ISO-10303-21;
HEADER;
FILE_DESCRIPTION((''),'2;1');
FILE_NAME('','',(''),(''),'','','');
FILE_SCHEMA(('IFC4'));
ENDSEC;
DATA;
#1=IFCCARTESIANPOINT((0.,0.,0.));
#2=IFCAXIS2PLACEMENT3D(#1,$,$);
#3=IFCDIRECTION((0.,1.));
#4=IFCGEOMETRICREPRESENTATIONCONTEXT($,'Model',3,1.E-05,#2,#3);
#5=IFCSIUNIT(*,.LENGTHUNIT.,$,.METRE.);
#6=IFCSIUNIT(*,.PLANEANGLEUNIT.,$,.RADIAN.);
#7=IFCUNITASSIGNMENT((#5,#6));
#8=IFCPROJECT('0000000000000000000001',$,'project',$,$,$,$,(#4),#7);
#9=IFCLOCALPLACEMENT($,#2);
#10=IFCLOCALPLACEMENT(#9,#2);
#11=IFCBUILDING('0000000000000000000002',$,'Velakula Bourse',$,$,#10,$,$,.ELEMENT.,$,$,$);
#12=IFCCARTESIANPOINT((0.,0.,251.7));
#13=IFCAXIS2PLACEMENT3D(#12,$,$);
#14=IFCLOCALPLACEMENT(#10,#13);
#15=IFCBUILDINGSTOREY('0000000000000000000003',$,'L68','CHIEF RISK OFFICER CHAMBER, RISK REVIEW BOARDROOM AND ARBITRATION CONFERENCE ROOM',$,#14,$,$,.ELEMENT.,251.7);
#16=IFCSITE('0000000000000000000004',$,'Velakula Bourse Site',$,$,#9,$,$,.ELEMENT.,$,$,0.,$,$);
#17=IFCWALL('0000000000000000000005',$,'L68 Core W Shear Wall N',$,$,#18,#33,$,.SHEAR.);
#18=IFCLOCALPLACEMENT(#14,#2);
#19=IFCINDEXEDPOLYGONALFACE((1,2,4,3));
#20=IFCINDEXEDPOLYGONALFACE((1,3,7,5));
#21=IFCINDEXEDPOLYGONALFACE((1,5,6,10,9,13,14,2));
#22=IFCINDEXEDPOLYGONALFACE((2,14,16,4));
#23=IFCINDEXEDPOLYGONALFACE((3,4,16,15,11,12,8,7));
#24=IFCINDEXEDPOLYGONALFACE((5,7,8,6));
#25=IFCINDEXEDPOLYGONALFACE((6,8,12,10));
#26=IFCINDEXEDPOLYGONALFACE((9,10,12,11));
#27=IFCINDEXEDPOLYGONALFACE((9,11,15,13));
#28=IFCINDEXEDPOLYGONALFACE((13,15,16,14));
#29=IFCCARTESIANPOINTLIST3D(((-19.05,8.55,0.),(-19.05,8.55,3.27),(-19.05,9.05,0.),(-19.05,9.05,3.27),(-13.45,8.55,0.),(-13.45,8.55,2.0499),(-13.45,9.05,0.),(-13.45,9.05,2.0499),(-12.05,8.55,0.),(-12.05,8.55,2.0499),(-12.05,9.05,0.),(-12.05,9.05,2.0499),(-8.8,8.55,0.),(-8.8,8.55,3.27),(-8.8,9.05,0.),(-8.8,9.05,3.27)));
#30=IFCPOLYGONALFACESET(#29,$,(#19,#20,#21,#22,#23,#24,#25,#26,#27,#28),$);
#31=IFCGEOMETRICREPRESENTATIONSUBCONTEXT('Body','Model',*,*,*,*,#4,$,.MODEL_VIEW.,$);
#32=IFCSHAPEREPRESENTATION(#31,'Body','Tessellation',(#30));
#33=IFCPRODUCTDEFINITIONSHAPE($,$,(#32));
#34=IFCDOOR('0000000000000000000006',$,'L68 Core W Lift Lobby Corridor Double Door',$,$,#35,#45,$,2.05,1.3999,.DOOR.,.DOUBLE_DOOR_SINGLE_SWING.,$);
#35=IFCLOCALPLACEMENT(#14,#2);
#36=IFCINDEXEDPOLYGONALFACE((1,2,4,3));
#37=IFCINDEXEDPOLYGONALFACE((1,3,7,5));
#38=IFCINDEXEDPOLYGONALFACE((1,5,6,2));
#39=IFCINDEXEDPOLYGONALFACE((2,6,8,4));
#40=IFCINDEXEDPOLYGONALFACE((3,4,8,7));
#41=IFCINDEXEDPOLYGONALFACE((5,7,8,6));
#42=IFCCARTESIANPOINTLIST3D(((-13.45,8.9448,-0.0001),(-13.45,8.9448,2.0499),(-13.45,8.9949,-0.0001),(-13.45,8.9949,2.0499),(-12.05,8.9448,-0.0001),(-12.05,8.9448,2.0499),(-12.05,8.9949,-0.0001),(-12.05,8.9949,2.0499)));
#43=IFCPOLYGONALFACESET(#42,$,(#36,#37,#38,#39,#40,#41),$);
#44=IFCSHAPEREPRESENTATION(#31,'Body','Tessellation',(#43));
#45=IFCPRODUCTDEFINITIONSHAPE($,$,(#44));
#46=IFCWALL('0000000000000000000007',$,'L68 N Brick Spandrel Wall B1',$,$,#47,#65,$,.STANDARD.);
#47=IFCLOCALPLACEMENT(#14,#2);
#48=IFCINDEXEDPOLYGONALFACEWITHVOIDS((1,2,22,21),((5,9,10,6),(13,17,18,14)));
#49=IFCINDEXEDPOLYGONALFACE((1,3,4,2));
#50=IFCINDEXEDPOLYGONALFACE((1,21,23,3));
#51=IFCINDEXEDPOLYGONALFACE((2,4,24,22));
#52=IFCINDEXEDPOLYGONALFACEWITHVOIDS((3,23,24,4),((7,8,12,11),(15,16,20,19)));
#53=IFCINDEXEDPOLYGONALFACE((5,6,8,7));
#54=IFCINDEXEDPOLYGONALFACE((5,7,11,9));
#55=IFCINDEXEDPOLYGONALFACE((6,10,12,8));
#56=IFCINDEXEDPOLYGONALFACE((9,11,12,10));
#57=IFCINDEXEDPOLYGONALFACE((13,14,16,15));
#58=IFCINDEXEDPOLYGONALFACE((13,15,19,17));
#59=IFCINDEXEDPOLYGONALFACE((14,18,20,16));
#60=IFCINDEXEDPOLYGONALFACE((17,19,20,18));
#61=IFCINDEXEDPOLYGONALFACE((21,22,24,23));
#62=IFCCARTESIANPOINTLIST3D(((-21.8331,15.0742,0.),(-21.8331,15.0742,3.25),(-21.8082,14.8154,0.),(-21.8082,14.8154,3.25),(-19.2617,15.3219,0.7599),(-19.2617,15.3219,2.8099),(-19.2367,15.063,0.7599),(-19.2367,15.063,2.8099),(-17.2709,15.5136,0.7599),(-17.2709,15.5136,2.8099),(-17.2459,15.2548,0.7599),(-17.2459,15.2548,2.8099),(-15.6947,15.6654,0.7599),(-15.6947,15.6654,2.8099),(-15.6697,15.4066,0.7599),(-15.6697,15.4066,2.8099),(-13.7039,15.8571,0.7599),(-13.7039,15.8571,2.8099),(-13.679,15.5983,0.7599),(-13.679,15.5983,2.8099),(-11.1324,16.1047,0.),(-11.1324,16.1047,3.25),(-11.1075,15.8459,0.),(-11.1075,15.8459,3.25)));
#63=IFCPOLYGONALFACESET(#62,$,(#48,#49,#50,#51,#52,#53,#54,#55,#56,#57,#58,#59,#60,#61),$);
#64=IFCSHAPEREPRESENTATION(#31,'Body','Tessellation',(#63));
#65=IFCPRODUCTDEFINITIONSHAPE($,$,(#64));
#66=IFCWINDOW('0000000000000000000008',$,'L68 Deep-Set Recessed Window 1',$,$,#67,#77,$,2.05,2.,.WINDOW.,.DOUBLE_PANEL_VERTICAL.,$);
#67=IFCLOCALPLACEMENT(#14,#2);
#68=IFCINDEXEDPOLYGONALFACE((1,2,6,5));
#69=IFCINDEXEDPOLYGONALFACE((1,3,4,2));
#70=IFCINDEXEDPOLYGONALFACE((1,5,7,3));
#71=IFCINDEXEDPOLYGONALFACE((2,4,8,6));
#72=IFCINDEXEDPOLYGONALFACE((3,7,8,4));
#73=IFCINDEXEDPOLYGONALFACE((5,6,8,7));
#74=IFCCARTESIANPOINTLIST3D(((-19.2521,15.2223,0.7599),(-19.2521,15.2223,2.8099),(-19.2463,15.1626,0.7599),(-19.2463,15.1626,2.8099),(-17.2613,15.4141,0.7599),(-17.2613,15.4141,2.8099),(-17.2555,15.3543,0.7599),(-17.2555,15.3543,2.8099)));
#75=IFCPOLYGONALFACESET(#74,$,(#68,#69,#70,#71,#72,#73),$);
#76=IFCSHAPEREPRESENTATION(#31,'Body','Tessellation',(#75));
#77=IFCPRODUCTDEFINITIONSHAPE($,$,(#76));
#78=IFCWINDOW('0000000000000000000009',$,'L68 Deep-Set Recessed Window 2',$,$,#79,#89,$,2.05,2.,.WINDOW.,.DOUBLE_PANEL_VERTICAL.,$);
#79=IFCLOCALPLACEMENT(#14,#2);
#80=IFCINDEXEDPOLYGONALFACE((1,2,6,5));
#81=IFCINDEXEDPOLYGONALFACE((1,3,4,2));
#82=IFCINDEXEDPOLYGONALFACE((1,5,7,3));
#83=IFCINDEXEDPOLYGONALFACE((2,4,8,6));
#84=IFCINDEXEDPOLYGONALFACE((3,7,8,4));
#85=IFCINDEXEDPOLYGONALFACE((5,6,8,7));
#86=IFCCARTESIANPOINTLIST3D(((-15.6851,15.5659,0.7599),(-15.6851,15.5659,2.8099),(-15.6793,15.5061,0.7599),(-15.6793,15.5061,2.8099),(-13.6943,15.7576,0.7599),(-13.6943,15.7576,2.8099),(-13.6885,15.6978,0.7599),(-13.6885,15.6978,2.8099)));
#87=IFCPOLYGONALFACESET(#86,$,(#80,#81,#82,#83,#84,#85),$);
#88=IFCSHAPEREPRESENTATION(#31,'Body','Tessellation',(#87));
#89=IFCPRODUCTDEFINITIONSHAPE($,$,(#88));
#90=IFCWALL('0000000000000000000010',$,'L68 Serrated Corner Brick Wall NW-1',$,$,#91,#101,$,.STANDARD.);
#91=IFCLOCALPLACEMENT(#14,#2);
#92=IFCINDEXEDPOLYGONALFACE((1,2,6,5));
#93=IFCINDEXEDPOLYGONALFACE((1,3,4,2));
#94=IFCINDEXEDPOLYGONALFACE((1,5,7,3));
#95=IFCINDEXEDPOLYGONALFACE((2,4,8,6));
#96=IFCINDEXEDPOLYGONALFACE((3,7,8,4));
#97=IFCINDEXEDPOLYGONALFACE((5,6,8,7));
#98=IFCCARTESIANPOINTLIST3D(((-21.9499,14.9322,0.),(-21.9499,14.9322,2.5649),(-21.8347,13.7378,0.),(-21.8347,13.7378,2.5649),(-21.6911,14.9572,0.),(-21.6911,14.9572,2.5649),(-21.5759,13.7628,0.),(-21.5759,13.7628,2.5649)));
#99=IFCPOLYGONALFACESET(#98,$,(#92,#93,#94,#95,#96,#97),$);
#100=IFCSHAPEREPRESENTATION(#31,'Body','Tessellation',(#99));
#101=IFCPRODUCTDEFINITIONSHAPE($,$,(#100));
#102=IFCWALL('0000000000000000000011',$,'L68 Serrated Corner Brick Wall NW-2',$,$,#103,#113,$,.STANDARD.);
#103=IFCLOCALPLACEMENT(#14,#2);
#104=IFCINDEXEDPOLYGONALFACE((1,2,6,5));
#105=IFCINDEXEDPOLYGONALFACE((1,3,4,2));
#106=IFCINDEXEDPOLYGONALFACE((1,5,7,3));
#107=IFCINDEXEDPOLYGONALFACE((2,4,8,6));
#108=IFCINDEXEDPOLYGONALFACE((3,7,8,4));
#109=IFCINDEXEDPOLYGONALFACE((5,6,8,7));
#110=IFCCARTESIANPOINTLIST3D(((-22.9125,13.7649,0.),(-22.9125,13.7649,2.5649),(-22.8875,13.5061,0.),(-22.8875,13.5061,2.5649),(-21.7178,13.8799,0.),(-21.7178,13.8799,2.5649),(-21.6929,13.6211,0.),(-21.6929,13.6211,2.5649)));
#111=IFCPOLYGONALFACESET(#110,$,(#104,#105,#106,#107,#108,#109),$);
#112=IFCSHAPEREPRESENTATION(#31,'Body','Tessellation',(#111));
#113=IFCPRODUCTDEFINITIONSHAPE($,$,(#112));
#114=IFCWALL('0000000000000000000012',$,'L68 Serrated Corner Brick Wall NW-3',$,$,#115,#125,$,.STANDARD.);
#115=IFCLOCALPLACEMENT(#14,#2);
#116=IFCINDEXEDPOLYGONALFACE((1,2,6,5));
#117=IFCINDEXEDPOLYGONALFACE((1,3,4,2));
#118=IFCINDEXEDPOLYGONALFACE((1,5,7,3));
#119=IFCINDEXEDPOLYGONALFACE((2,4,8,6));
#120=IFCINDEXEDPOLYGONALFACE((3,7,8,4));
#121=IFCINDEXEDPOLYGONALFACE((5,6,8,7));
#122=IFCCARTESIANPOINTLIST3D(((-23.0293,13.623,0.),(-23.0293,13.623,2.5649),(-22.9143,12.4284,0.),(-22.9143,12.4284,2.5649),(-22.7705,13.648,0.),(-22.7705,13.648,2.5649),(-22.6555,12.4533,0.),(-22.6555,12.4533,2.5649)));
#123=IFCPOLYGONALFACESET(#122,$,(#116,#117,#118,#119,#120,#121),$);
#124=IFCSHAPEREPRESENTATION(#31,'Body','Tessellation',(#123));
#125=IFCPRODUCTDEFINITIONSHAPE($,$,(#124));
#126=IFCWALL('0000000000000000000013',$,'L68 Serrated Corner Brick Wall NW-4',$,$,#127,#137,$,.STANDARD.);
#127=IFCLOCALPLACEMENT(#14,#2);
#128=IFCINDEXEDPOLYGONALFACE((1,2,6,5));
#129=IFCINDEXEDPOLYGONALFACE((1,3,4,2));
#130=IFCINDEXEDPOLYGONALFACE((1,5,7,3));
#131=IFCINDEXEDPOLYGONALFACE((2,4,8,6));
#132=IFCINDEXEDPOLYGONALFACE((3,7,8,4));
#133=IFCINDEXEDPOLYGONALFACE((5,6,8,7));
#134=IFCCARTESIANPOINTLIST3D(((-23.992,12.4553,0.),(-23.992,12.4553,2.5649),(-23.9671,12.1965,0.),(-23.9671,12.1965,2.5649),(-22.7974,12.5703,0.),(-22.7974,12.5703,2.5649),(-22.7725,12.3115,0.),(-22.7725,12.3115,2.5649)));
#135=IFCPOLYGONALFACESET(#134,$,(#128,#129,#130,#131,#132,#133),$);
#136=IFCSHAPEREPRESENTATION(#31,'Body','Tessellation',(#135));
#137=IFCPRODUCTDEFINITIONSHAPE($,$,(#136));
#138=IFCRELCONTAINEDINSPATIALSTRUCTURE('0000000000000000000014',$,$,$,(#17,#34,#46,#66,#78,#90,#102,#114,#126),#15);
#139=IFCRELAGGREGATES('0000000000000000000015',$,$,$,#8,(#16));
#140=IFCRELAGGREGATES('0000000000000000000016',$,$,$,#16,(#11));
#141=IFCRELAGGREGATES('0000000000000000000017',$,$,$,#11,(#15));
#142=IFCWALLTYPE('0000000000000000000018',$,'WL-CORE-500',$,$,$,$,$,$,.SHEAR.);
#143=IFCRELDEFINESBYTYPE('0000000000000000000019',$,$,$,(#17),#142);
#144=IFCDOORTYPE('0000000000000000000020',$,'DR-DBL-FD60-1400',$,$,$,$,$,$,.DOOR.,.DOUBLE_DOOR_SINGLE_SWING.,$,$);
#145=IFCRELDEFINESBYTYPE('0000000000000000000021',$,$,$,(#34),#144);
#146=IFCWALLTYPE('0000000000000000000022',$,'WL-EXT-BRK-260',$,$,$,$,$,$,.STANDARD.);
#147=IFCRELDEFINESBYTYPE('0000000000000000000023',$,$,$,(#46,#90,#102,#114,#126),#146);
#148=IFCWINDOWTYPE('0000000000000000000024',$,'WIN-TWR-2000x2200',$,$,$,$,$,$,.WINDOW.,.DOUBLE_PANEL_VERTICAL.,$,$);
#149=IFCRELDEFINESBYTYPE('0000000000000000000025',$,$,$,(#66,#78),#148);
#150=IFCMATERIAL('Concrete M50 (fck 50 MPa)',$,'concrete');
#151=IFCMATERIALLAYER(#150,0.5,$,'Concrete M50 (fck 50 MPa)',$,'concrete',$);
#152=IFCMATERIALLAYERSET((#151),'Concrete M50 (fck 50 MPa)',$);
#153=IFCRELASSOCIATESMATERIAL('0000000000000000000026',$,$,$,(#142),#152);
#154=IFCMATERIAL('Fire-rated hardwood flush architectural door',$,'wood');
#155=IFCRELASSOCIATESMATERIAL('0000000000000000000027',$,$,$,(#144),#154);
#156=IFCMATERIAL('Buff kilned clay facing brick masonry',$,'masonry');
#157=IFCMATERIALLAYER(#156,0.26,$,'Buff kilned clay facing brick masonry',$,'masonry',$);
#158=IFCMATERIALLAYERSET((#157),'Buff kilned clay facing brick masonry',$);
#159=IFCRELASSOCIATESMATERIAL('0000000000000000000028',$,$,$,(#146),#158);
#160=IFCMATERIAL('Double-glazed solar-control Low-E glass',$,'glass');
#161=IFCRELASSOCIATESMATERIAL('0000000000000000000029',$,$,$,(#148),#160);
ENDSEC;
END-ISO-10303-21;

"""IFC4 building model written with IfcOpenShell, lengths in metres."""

from ifc_helpers import new_model, si_unit, direction, frame, frame_2d, origin, place, context, subcontext, project, spatial, rectangle, extrude, material, layer, layer_set, type_object, element, fill, save


model = new_model("IFC4")

# Units and contexts
model_context = context("Model", 3, precision=1e-05, world=origin(), true_north=direction((0.0, 1.0)))
body_context = subcontext(model_context, "Body", "Model", "MODEL_VIEW")
ifc_project = project(units=[si_unit("LENGTHUNIT", "METRE"), si_unit("PLANEANGLEUNIT", "RADIAN")], contexts=[model_context])

# Site, building, storey
site_placement = place(None, origin())
site = spatial("IfcSite", under=ifc_project, at=site_placement, Name="Velakula Bourse Site", CompositionType="ELEMENT", RefElevation=0.0)
building_placement = place(site_placement, origin())
building = spatial("IfcBuilding", under=site, at=building_placement, Name="Velakula Bourse", CompositionType="ELEMENT")
storey_placement = place(building_placement, frame((0.0, 0.0, 251.7)))
storey = spatial("IfcBuildingStorey", under=building, at=storey_placement, Name="L68", Description="CHIEF RISK OFFICER CHAMBER, RISK REVIEW BOARDROOM AND ARBITRATION CONFERENCE ROOM", CompositionType="ELEMENT", Elevation=251.7)

# Shared definitions
ifc_material_1 = material(Name="Concrete M50 (fck 50 MPa)", Category="concrete")

# Wall, opening, door
ifc_layer_1 = layer(ifc_material_1, 0.5, Name="Concrete M50 (fck 50 MPa)", Category="concrete")
ifc_layer_set_1 = layer_set([ifc_layer_1], Name="Concrete M50 (fck 50 MPa)")
wall_type_1 = type_object("IfcWallType", Name="WL-CORE-500", PredefinedType="SHEAR", material=ifc_layer_set_1)
wall_1_placement = place(storey_placement, frame((-19.05, 8.8, 0.0), z_axis=(0.0, 0.0, 1.0), x_axis=(1.0, 0.0, 0.0)))
wall_1 = element("IfcWall", 1, at=wall_1_placement, inside=storey, type_object=wall_type_1, Name="L68 Core W Shear Wall N", PredefinedType="SHEAR", context=body_context, shape_type="SweptSolid", body=[
    extrude(rectangle(XDim=10.25, YDim=0.5, at=frame_2d((5.125, 0.0))), origin(), (0.0, 0.0, 1.0), 3.27),
])
opening_1_placement = place(wall_1_placement, frame((5.6001, 0.0, 0.0)))
opening_1 = element("IfcOpeningElement", 2, at=opening_1_placement, cuts=wall_1, PredefinedType="OPENING", context=body_context, shape_type="SweptSolid", body=[
    extrude(rectangle(XDim=1.3999, YDim=2.05, at=frame_2d((0.7, 1.0249))), frame((0.0, 0.26, 0.0), z_axis=(0.0, -1.0, 0.0), x_axis=(1.0, 0.0, 0.0)), (0.0, 0.0, 1.0), 0.52),
])
ifc_material_2 = material(Name="Fire-rated hardwood flush architectural door", Category="wood")
door_type_1 = type_object("IfcDoorType", Name="DR-DBL-FD60-1400", OperationType="DOUBLE_DOOR_SINGLE_SWING", PredefinedType="DOOR", material=ifc_material_2)
door_1_placement = place(opening_1_placement, origin())
door_1 = element("IfcDoor", 3, at=door_1_placement, inside=storey, type_object=door_type_1, Name="L68 Core W Lift Lobby Corridor Double Door", OperationType="DOUBLE_DOOR_SINGLE_SWING", OverallHeight=2.05, OverallWidth=1.3999, PredefinedType="DOOR", context=body_context, shape_type="SweptSolid", body=[
    extrude(rectangle(XDim=1.3999, YDim=2.05, at=frame_2d((0.7, 1.0249))), frame((0.0, 0.1948, 0.0), z_axis=(0.0, -1.0, 0.0), x_axis=(1.0, 0.0, 0.0)), (0.0, 0.0, 1.0), 0.05),
])
fill(opening_1, door_1)

# Wall, openings, windows
ifc_material_3 = material(Name="Buff kilned clay facing brick masonry", Category="masonry")
ifc_layer_2 = layer(ifc_material_3, 0.26, Name="Buff kilned clay facing brick masonry", Category="masonry")
ifc_layer_set_2 = layer_set([ifc_layer_2], Name="Buff kilned clay facing brick masonry")
wall_type_2 = type_object("IfcWallType", Name="WL-EXT-BRK-260", PredefinedType="STANDARD", material=ifc_layer_set_2)
wall_2_placement = place(storey_placement, frame((-21.8206, 14.9448, 0.0), z_axis=(0.0, 0.0, 1.0), x_axis=(0.995395, 0.09586, 0.0)))
wall_2 = element("IfcWall", 4, at=wall_2_placement, inside=storey, type_object=wall_type_2, Name="L68 N Brick Spandrel Wall B1", PredefinedType="STANDARD", context=body_context, shape_type="SweptSolid", body=[
    extrude(rectangle(XDim=10.7502, YDim=0.26, at=frame_2d((5.375, 0.0))), origin(), (0.0, 0.0, 1.0), 3.25),
])
opening_2_placement = place(wall_2_placement, frame((2.5833, 0.0, 0.76)))
opening_2 = element("IfcOpeningElement", 5, at=opening_2_placement, cuts=wall_2, PredefinedType="OPENING", context=body_context, shape_type="SweptSolid", body=[
    extrude(rectangle(XDim=2.0, YDim=2.05, at=frame_2d((1.0, 1.0249))), frame((0.0, 0.1399, 0.0), z_axis=(0.0, -1.0, 0.0), x_axis=(1.0, 0.0, 0.0)), (0.0, 0.0, 1.0), 0.28),
])
opening_3_placement = place(wall_2_placement, frame((6.1667, 0.0, 0.76)))
opening_3 = element("IfcOpeningElement", 6, at=opening_3_placement, cuts=wall_2, PredefinedType="OPENING", context=body_context, shape_type="SweptSolid", body=[
    extrude(rectangle(XDim=2.0, YDim=2.05, at=frame_2d((1.0, 1.0249))), frame((0.0, 0.1399, 0.0), z_axis=(0.0, -1.0, 0.0), x_axis=(1.0, 0.0, 0.0)), (0.0, 0.0, 1.0), 0.28),
])
ifc_material_4 = material(Name="Double-glazed solar-control Low-E glass", Category="glass")
window_type = type_object("IfcWindowType", Name="WIN-TWR-2000x2200", PartitioningType="DOUBLE_PANEL_VERTICAL", PredefinedType="WINDOW", material=ifc_material_4)
window_1_placement = place(opening_2_placement, origin())
window_1 = element("IfcWindow", 7, at=window_1_placement, inside=storey, type_object=window_type, Name="L68 Deep-Set Recessed Window 1", OverallHeight=2.05, OverallWidth=2.0, PartitioningType="DOUBLE_PANEL_VERTICAL", PredefinedType="WINDOW", context=body_context, shape_type="SweptSolid", body=[
    extrude(rectangle(XDim=2.0, YDim=2.05, at=frame_2d((1.0, 1.0249))), frame((0.0, 0.03, 0.0), z_axis=(0.0, -1.0, 0.0), x_axis=(1.0, 0.0, 0.0)), (0.0, 0.0, 1.0), 0.0601),
])
fill(opening_2, window_1)
window_2_placement = place(opening_3_placement, origin())
window_2 = element("IfcWindow", 8, at=window_2_placement, inside=storey, type_object=window_type, Name="L68 Deep-Set Recessed Window 2", OverallHeight=2.05, OverallWidth=2.0, PartitioningType="DOUBLE_PANEL_VERTICAL", PredefinedType="WINDOW", context=body_context, shape_type="SweptSolid", body=[
    extrude(rectangle(XDim=2.0, YDim=2.05, at=frame_2d((1.0, 1.0249))), frame((0.0, 0.03, 0.0), z_axis=(0.0, -1.0, 0.0), x_axis=(1.0, 0.0, 0.0)), (0.0, 0.0, 1.0), 0.0601),
])
fill(opening_3, window_2)

# Walls
wall_3_placement = place(storey_placement, frame((-21.8206, 14.9448, 0.0), z_axis=(0.0, 0.0, 1.0), x_axis=(0.096038, -0.995378, 0.0)))
element("IfcWall", 9, at=wall_3_placement, inside=storey, type_object=wall_type_2, Name="L68 Serrated Corner Brick Wall NW-1", PredefinedType="STANDARD", context=body_context, shape_type="SweptSolid", body=[
    extrude(rectangle(XDim=1.2, YDim=0.26, at=frame_2d((0.6001, 0.0))), origin(), (0.0, 0.0, 1.0), 2.5649),
])
for number, where, z_axis, x_axis, name in (
    (10, (-21.7053, 13.7505, 0.0), (0.0, 0.0, 1.0), (-0.995399, -0.095817, 0.0), "L68 Serrated Corner Brick Wall NW-2"),
    (11, (-22.8999, 13.6355, 0.0), (0.0, 0.0, 1.0), (0.095817, -0.995399, 0.0), "L68 Serrated Corner Brick Wall NW-3"),
    (12, (-22.7849, 12.4409, 0.0), (0.0, 0.0, 1.0), (-0.995399, -0.095817, 0.0), "L68 Serrated Corner Brick Wall NW-4"),
):
    element("IfcWall", number, at=place(storey_placement, frame(where, z_axis=z_axis, x_axis=x_axis)), inside=storey, type_object=wall_type_2, Name=name, PredefinedType="STANDARD", context=body_context, shape_type="SweptSolid", body=[
        extrude(rectangle(XDim=1.2002, YDim=0.26, at=frame_2d((0.6001, 0.0))), origin(), (0.0, 0.0, 1.0), 2.5649),
    ])

save(model, "model.ifc")
